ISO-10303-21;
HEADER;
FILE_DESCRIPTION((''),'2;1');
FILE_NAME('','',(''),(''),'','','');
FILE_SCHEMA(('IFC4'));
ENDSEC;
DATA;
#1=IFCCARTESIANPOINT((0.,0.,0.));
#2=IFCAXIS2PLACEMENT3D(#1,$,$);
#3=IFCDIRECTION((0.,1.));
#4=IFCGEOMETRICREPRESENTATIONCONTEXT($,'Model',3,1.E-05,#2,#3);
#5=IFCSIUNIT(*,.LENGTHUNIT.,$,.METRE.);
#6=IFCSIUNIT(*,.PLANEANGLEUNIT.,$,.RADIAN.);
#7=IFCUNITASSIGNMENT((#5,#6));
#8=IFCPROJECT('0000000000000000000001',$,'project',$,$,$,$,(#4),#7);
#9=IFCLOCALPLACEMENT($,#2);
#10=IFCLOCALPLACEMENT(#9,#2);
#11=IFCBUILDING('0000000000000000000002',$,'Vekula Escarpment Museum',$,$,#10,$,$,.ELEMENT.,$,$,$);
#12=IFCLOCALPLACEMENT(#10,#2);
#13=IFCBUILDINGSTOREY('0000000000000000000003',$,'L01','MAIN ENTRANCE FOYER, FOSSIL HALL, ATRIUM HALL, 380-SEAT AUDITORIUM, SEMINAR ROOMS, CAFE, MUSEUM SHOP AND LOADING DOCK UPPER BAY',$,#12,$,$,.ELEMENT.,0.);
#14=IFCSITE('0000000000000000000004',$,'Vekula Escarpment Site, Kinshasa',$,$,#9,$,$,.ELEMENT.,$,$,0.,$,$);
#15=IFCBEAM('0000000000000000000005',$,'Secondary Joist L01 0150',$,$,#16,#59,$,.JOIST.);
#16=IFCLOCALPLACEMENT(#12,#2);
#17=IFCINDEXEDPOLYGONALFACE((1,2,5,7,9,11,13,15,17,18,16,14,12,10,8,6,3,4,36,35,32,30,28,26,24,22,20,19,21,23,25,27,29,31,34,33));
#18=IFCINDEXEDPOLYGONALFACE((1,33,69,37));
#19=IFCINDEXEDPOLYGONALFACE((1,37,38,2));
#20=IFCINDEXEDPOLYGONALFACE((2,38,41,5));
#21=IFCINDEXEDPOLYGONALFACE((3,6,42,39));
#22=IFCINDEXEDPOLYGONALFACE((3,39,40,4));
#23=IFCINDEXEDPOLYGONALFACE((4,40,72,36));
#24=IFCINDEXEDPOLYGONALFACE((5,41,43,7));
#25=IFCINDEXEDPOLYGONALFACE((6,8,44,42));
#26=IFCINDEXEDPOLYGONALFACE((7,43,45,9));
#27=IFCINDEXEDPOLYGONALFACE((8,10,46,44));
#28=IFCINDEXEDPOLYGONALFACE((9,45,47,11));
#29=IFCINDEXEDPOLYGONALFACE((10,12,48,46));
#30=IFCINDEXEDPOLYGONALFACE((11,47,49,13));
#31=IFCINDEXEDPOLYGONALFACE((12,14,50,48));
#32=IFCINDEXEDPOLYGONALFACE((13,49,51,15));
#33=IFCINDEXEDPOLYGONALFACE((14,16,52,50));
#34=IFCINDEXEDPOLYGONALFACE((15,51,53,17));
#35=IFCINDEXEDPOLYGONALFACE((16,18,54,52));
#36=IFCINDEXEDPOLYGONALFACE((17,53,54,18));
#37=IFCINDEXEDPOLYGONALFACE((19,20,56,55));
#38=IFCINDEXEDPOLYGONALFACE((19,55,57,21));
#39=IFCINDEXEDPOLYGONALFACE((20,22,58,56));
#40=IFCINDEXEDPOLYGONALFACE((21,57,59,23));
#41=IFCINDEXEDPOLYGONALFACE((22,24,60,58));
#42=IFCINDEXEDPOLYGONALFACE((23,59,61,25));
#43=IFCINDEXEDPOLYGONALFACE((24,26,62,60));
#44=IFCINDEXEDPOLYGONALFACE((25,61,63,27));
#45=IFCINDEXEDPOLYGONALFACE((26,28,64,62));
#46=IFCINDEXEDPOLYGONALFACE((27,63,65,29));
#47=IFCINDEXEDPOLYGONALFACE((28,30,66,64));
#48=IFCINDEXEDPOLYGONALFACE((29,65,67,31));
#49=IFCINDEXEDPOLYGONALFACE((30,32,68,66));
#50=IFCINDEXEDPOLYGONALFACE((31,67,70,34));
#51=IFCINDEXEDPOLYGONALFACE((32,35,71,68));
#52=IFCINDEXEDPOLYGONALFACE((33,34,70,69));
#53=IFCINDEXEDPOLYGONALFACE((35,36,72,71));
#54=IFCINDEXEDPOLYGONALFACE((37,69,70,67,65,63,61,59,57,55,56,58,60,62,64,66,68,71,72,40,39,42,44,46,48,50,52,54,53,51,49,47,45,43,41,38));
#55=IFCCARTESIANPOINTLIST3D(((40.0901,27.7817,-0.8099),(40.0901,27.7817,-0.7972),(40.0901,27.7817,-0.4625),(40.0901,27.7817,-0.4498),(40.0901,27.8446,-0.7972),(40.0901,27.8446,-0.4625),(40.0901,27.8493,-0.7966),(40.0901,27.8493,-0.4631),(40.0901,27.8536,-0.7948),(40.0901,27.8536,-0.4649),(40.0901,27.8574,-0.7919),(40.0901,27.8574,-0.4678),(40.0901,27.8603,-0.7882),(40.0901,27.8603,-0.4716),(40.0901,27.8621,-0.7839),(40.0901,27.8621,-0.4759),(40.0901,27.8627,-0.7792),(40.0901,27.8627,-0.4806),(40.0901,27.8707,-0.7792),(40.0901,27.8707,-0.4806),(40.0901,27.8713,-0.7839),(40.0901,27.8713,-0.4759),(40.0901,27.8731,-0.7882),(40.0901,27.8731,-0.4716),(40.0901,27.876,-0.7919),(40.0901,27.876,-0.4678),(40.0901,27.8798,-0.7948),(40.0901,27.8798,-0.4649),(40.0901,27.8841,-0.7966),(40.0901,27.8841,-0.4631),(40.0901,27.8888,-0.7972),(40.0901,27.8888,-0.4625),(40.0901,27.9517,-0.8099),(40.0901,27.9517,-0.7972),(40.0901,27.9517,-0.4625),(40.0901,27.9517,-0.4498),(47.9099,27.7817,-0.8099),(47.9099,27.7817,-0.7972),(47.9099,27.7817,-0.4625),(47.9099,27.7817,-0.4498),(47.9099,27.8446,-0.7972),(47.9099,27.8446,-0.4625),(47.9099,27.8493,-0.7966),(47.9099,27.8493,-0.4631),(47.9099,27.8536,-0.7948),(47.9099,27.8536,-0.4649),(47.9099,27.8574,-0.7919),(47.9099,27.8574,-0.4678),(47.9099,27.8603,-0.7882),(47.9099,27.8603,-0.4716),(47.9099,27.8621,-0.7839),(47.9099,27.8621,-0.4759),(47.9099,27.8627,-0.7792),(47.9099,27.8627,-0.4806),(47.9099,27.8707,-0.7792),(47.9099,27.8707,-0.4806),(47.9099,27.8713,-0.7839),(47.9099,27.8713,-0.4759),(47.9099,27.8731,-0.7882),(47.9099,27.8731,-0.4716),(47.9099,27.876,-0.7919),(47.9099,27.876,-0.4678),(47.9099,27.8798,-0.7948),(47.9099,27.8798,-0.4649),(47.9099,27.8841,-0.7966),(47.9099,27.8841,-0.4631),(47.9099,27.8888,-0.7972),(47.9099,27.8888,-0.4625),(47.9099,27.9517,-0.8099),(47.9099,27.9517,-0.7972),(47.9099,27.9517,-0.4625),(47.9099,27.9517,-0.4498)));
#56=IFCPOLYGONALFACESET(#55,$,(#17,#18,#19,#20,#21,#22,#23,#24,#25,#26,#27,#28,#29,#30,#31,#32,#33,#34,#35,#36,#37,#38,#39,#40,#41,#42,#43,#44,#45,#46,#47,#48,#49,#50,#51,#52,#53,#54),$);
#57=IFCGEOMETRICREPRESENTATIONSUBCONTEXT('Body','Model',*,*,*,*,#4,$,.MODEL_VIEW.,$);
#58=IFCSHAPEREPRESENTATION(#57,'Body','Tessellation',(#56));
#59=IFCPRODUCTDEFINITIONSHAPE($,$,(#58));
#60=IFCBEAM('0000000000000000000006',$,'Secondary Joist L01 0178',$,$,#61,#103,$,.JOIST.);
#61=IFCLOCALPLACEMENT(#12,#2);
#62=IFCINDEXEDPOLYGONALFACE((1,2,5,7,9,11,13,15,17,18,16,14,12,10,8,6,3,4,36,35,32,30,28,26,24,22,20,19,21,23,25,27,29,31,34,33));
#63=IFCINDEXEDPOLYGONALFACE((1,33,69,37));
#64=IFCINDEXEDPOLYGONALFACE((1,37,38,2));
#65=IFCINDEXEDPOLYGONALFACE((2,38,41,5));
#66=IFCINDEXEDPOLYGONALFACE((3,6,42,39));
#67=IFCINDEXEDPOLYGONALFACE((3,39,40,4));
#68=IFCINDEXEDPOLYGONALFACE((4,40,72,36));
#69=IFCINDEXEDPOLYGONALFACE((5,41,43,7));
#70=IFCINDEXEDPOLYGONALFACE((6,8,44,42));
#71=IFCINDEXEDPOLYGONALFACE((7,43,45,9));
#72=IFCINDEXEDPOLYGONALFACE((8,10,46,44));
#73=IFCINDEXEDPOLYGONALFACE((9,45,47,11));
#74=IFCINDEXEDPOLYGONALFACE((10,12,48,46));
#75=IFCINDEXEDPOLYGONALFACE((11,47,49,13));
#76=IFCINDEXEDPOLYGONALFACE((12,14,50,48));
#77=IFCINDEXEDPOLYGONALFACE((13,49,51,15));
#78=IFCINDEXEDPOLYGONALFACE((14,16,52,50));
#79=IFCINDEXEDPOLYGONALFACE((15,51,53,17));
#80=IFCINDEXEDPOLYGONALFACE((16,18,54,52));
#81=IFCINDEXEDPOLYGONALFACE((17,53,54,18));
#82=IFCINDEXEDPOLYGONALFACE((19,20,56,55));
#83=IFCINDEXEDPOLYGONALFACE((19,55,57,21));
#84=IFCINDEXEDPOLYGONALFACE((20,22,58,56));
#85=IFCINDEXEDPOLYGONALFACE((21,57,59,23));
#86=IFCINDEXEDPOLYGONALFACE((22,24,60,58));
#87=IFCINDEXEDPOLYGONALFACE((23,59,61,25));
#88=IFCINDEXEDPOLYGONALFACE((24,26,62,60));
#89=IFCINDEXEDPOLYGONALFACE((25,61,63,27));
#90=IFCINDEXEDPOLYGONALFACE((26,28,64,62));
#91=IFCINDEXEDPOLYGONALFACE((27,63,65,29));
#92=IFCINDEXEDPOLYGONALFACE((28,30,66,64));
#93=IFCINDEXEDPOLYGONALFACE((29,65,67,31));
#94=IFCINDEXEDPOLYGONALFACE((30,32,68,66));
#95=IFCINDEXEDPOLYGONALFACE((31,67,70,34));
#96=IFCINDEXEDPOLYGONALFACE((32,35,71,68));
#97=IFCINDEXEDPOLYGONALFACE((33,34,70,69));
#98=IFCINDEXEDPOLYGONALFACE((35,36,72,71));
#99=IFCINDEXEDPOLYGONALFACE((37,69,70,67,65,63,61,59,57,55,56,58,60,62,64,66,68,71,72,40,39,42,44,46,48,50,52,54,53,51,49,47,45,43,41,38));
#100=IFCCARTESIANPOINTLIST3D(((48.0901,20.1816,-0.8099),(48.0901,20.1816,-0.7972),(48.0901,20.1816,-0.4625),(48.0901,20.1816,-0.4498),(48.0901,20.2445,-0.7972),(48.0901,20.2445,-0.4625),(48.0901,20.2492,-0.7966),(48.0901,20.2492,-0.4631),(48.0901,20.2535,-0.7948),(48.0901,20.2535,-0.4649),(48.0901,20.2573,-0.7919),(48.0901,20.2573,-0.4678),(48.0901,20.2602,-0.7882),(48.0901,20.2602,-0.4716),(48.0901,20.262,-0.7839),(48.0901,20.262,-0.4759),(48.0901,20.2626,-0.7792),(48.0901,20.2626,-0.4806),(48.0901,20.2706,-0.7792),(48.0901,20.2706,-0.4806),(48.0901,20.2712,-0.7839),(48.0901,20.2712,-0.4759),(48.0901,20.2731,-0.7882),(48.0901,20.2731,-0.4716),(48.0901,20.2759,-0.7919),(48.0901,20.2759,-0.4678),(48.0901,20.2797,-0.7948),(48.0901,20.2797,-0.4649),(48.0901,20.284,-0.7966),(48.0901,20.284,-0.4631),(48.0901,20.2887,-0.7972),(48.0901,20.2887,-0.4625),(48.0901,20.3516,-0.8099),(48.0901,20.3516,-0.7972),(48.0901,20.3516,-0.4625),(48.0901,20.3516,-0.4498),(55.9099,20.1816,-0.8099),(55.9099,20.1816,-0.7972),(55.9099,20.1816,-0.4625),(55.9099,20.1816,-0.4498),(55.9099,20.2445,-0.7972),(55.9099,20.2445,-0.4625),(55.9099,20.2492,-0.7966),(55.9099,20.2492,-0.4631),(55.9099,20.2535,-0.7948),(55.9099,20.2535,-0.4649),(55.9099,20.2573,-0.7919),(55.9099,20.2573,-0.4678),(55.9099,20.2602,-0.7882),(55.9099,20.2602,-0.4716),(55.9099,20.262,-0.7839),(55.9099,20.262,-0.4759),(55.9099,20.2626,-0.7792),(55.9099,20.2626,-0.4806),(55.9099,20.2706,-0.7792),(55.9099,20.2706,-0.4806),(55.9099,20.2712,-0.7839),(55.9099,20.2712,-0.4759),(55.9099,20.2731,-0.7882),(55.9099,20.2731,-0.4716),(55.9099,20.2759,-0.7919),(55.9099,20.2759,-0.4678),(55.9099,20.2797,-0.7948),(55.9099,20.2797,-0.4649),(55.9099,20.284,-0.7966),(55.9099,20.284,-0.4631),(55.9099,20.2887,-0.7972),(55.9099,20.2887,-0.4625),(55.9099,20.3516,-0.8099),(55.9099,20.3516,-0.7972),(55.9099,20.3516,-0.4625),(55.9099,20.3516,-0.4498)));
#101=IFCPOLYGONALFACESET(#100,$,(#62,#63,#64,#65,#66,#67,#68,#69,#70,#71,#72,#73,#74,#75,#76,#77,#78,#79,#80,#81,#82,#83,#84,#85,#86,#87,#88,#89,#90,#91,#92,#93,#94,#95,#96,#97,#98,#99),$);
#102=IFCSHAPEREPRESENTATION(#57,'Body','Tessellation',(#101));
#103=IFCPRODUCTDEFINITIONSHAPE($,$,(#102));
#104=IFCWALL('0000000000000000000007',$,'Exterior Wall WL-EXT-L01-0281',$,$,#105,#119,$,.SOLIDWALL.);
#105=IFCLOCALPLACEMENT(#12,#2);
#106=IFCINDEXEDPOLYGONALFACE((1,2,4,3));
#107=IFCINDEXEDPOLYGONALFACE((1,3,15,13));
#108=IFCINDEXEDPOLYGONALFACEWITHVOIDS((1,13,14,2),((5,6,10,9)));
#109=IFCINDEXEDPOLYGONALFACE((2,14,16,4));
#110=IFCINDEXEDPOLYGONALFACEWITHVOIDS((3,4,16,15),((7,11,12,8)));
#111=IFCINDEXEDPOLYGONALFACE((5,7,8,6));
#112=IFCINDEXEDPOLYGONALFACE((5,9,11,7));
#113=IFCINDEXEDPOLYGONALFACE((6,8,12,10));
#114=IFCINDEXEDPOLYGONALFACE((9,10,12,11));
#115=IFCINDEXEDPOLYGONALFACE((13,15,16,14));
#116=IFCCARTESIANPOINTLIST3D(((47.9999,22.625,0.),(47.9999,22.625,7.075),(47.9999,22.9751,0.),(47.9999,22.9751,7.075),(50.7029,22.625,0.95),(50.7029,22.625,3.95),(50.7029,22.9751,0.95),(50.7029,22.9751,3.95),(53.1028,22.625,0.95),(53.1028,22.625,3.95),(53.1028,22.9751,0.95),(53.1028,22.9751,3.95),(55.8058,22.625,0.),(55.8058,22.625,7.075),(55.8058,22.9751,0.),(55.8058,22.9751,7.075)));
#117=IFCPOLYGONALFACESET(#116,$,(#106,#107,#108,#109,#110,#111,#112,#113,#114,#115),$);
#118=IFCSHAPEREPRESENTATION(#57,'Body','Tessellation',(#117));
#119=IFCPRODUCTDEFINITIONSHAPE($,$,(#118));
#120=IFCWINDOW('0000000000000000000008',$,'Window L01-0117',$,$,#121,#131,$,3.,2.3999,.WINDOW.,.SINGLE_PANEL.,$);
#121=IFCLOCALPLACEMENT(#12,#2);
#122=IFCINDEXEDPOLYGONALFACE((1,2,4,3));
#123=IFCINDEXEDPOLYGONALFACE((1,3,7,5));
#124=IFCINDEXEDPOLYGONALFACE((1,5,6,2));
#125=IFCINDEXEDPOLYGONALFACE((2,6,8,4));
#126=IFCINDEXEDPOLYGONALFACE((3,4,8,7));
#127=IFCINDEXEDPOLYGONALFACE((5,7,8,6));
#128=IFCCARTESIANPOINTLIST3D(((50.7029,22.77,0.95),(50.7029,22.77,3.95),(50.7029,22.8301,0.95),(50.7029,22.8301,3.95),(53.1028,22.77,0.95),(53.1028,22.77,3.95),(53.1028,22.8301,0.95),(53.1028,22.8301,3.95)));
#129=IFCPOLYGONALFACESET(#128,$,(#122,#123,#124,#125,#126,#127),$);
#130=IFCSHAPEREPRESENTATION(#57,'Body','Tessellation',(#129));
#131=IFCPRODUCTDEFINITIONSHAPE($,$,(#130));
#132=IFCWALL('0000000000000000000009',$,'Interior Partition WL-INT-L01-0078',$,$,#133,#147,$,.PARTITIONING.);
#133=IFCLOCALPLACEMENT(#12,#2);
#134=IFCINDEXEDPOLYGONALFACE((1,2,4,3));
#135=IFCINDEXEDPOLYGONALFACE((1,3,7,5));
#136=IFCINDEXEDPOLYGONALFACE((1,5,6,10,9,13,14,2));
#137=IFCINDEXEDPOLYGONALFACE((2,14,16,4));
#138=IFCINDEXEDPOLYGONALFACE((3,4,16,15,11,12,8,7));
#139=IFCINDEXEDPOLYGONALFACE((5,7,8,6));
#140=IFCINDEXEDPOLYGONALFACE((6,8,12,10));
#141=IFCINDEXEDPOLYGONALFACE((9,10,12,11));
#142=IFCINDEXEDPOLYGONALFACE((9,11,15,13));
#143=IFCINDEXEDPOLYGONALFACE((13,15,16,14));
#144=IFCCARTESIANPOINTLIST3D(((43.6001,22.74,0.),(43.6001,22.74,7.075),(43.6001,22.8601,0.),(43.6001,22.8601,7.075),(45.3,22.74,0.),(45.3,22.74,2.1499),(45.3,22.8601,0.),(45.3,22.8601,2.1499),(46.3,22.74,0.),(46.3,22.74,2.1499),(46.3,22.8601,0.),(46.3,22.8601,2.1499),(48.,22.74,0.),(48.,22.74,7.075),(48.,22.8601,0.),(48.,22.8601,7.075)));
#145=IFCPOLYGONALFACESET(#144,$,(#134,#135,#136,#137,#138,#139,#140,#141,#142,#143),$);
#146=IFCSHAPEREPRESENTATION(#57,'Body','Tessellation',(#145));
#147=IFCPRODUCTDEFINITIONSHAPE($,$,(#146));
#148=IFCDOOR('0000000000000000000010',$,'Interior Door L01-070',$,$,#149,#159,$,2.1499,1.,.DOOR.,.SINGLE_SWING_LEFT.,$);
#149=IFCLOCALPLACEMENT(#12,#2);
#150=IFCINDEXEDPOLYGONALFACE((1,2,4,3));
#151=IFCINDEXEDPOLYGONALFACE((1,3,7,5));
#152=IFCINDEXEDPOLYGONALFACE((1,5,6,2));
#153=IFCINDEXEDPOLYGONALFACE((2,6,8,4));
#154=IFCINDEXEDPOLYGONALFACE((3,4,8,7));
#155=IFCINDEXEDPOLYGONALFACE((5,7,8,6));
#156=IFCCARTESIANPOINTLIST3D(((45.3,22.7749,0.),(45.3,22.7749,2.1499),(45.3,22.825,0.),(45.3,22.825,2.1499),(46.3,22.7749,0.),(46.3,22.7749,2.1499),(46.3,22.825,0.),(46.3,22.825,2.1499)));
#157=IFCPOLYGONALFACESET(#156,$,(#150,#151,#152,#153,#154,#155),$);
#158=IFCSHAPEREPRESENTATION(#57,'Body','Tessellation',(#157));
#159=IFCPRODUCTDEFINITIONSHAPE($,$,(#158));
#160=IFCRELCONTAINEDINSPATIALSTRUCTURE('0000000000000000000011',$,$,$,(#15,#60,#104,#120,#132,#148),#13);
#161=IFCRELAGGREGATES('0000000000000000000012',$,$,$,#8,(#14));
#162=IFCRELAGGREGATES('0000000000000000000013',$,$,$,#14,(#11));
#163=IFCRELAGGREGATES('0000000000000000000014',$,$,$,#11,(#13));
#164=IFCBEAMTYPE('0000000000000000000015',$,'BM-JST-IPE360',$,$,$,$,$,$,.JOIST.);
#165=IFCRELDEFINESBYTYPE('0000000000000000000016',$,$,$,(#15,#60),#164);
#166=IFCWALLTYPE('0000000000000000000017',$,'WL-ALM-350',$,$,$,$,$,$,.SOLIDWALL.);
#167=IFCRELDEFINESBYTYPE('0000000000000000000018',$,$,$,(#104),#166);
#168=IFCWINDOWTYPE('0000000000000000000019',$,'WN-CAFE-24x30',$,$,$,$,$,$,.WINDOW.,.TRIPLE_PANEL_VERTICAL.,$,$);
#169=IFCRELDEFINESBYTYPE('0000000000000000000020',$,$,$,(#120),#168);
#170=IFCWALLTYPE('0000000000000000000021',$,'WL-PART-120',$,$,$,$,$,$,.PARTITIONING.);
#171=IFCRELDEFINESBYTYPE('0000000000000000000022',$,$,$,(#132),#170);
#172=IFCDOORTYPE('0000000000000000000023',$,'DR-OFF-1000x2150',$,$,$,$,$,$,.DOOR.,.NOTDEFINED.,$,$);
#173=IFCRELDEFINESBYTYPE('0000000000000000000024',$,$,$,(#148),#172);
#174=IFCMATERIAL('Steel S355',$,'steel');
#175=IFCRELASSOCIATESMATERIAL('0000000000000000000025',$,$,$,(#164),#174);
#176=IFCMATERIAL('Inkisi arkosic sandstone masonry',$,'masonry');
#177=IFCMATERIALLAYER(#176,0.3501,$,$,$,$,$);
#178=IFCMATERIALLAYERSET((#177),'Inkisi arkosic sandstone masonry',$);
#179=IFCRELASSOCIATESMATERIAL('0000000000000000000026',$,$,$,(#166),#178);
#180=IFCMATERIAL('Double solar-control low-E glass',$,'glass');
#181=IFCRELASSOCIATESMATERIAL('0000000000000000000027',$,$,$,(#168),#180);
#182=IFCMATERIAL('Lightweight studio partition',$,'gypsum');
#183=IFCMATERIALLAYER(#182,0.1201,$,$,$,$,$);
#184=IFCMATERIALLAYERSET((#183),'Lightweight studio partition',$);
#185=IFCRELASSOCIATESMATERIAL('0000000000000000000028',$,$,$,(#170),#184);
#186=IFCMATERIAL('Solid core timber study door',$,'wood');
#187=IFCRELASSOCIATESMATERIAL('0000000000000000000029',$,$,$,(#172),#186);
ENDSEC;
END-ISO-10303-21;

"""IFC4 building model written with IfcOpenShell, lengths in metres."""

from ifc_helpers import new_model, si_unit, direction, frame, frame_2d, origin, origin_2d, place, context, subcontext, project, spatial, rectangle, i_section, extrude, material, layer, layer_set, material_profile, profile_set, type_object, element, fill, save


model = new_model("IFC4")

# Units and contexts
model_context = context("Model", 3, precision=1e-05, world=origin(), true_north=direction((0.0, 1.0)))
body_context = subcontext(model_context, "Body", "Model", "MODEL_VIEW")
ifc_project = project(units=[si_unit("LENGTHUNIT", "METRE"), si_unit("PLANEANGLEUNIT", "RADIAN")], contexts=[model_context])

# Site, building, storey
site_placement = place(None, origin())
site = spatial("IfcSite", under=ifc_project, at=site_placement, Name="Vekula Escarpment Site, Kinshasa", CompositionType="ELEMENT", RefElevation=0.0)
building_placement = place(site_placement, origin())
building = spatial("IfcBuilding", under=site, at=building_placement, Name="Vekula Escarpment Museum", CompositionType="ELEMENT")
storey_placement = place(building_placement, origin())
storey = spatial("IfcBuildingStorey", under=building, at=storey_placement, Name="L01", Description="MAIN ENTRANCE FOYER, FOSSIL HALL, ATRIUM HALL, 380-SEAT AUDITORIUM, SEMINAR ROOMS, CAFE, MUSEUM SHOP AND LOADING DOCK UPPER BAY", CompositionType="ELEMENT", Elevation=0.0)

# Beams
ifc_material_1 = material(Name="Steel S355", Category="steel")
ifc_material_profile_1 = material_profile(ifc_material_1, i_section(OverallWidth=0.1699, OverallDepth=0.3601, WebThickness=0.0081, FlangeThickness=0.0127, FilletRadius=0.0181, at=origin_2d()), Name="IPE 360")
ifc_profile_set_1 = profile_set([ifc_material_profile_1], Name="Steel S355")
beam_type_1 = type_object("IfcBeamType", Name="BM-JST-IPE360", PredefinedType="JOIST", material=ifc_profile_set_1)
for number, where, z_axis, x_axis, name in (
    (1, (40.0901, 27.8667, -0.6299), (1.0, 0.0, 0.0), (0.0, 1.0, 0.0), "Secondary Joist L01 0150"),
    (2, (48.0901, 20.2666, -0.6299), (1.0, 0.0, 0.0), (0.0, 1.0, 0.0), "Secondary Joist L01 0178"),
):
    element("IfcBeam", number, at=place(storey_placement, frame(where, z_axis=z_axis, x_axis=x_axis)), inside=storey, type_object=beam_type_1, Name=name, PredefinedType="JOIST", context=body_context, shape_type="SweptSolid", body=[
        extrude(i_section(OverallWidth=0.1699, OverallDepth=0.3601, WebThickness=0.0081, FlangeThickness=0.0127, FilletRadius=0.0181, at=origin_2d()), origin(), (0.0, 0.0, 1.0), 7.8198),
    ])

# Wall, opening, window
ifc_material_2 = material(Name="Inkisi arkosic sandstone masonry", Category="masonry")
ifc_layer_1 = layer(ifc_material_2, 0.3501)
ifc_layer_set_1 = layer_set([ifc_layer_1], Name="Inkisi arkosic sandstone masonry")
wall_type_1 = type_object("IfcWallType", Name="WL-ALM-350", PredefinedType="SOLIDWALL", material=ifc_layer_set_1)
wall_1_placement = place(storey_placement, frame((48.0, 22.8, 0.0), z_axis=(0.0, 0.0, 1.0), x_axis=(1.0, 0.0, 0.0)))
wall_1 = element("IfcWall", 3, at=wall_1_placement, inside=storey, type_object=wall_type_1, Name="Exterior Wall WL-EXT-L01-0281", PredefinedType="SOLIDWALL", context=body_context, shape_type="SweptSolid", body=[
    extrude(rectangle(XDim=7.8059, YDim=0.3501, at=frame_2d((3.9028, 0.0))), origin(), (0.0, 0.0, 1.0), 7.075),
])
opening_1_placement = place(wall_1_placement, frame((2.7029, 0.0, 0.95)))
opening_1 = element("IfcOpeningElement", 4, at=opening_1_placement, cuts=wall_1, PredefinedType="OPENING", context=body_context, shape_type="SweptSolid", body=[
    extrude(rectangle(XDim=2.3999, YDim=3.0, at=frame_2d((1.2, 1.5))), frame((0.0, 0.1851, 0.0), z_axis=(0.0, -1.0, 0.0), x_axis=(1.0, 0.0, 0.0)), (0.0, 0.0, 1.0), 0.3701),
])
ifc_material_3 = material(Name="Double solar-control low-E glass", Category="glass")
window_type = type_object("IfcWindowType", Name="WN-CAFE-24x30", PartitioningType="TRIPLE_PANEL_VERTICAL", PredefinedType="WINDOW", material=ifc_material_3)
window_placement = place(opening_1_placement, origin())
window = element("IfcWindow", 5, at=window_placement, inside=storey, type_object=window_type, Name="Window L01-0117", OverallHeight=3.0, OverallWidth=2.3999, PartitioningType="SINGLE_PANEL", PredefinedType="WINDOW", context=body_context, shape_type="SweptSolid", body=[
    extrude(rectangle(XDim=2.3999, YDim=3.0, at=frame_2d((1.2, 1.5))), frame((0.0, 0.03, 0.0), z_axis=(0.0, -1.0, 0.0), x_axis=(1.0, 0.0, 0.0)), (0.0, 0.0, 1.0), 0.0601),
])
fill(opening_1, window)

# Wall, opening, door
ifc_material_4 = material(Name="Lightweight studio partition", Category="gypsum")
ifc_layer_2 = layer(ifc_material_4, 0.1201)
ifc_layer_set_2 = layer_set([ifc_layer_2], Name="Lightweight studio partition")
wall_type_2 = type_object("IfcWallType", Name="WL-PART-120", PredefinedType="PARTITIONING", material=ifc_layer_set_2)
wall_2_placement = place(storey_placement, frame((43.6001, 22.8, 0.0), z_axis=(0.0, 0.0, 1.0), x_axis=(1.0, 0.0, 0.0)))
wall_2 = element("IfcWall", 6, at=wall_2_placement, inside=storey, type_object=wall_type_2, Name="Interior Partition WL-INT-L01-0078", PredefinedType="PARTITIONING", context=body_context, shape_type="SweptSolid", body=[
    extrude(rectangle(XDim=4.3999, YDim=0.1201, at=frame_2d((2.2, 0.0))), origin(), (0.0, 0.0, 1.0), 7.075),
])
opening_2_placement = place(wall_2_placement, frame((1.7, 0.0, 0.0)))
opening_2 = element("IfcOpeningElement", 7, at=opening_2_placement, cuts=wall_2, PredefinedType="OPENING", context=body_context, shape_type="SweptSolid", body=[
    extrude(rectangle(XDim=1.0, YDim=2.1499, at=frame_2d((0.5, 1.075))), frame((0.0, 0.0701, 0.0), z_axis=(0.0, -1.0, 0.0), x_axis=(1.0, 0.0, 0.0)), (0.0, 0.0, 1.0), 0.1401),
])
ifc_material_5 = material(Name="Solid core timber study door", Category="wood")
door_type_1 = type_object("IfcDoorType", Name="DR-OFF-1000x2150", OperationType="NOTDEFINED", PredefinedType="DOOR", material=ifc_material_5)
door_1_placement = place(opening_2_placement, origin())
door_1 = element("IfcDoor", 8, at=door_1_placement, inside=storey, type_object=door_type_1, Name="Interior Door L01-070", OperationType="SINGLE_SWING_LEFT", OverallHeight=2.1499, OverallWidth=1.0, PredefinedType="DOOR", context=body_context, shape_type="SweptSolid", body=[
    extrude(rectangle(XDim=1.0, YDim=2.1499, at=frame_2d((0.5, 1.075))), frame((0.0, 0.0249, 0.0), z_axis=(0.0, -1.0, 0.0), x_axis=(1.0, 0.0, 0.0)), (0.0, 0.0, 1.0), 0.05),
])
fill(opening_2, door_1)

save(model, "model.ifc")
